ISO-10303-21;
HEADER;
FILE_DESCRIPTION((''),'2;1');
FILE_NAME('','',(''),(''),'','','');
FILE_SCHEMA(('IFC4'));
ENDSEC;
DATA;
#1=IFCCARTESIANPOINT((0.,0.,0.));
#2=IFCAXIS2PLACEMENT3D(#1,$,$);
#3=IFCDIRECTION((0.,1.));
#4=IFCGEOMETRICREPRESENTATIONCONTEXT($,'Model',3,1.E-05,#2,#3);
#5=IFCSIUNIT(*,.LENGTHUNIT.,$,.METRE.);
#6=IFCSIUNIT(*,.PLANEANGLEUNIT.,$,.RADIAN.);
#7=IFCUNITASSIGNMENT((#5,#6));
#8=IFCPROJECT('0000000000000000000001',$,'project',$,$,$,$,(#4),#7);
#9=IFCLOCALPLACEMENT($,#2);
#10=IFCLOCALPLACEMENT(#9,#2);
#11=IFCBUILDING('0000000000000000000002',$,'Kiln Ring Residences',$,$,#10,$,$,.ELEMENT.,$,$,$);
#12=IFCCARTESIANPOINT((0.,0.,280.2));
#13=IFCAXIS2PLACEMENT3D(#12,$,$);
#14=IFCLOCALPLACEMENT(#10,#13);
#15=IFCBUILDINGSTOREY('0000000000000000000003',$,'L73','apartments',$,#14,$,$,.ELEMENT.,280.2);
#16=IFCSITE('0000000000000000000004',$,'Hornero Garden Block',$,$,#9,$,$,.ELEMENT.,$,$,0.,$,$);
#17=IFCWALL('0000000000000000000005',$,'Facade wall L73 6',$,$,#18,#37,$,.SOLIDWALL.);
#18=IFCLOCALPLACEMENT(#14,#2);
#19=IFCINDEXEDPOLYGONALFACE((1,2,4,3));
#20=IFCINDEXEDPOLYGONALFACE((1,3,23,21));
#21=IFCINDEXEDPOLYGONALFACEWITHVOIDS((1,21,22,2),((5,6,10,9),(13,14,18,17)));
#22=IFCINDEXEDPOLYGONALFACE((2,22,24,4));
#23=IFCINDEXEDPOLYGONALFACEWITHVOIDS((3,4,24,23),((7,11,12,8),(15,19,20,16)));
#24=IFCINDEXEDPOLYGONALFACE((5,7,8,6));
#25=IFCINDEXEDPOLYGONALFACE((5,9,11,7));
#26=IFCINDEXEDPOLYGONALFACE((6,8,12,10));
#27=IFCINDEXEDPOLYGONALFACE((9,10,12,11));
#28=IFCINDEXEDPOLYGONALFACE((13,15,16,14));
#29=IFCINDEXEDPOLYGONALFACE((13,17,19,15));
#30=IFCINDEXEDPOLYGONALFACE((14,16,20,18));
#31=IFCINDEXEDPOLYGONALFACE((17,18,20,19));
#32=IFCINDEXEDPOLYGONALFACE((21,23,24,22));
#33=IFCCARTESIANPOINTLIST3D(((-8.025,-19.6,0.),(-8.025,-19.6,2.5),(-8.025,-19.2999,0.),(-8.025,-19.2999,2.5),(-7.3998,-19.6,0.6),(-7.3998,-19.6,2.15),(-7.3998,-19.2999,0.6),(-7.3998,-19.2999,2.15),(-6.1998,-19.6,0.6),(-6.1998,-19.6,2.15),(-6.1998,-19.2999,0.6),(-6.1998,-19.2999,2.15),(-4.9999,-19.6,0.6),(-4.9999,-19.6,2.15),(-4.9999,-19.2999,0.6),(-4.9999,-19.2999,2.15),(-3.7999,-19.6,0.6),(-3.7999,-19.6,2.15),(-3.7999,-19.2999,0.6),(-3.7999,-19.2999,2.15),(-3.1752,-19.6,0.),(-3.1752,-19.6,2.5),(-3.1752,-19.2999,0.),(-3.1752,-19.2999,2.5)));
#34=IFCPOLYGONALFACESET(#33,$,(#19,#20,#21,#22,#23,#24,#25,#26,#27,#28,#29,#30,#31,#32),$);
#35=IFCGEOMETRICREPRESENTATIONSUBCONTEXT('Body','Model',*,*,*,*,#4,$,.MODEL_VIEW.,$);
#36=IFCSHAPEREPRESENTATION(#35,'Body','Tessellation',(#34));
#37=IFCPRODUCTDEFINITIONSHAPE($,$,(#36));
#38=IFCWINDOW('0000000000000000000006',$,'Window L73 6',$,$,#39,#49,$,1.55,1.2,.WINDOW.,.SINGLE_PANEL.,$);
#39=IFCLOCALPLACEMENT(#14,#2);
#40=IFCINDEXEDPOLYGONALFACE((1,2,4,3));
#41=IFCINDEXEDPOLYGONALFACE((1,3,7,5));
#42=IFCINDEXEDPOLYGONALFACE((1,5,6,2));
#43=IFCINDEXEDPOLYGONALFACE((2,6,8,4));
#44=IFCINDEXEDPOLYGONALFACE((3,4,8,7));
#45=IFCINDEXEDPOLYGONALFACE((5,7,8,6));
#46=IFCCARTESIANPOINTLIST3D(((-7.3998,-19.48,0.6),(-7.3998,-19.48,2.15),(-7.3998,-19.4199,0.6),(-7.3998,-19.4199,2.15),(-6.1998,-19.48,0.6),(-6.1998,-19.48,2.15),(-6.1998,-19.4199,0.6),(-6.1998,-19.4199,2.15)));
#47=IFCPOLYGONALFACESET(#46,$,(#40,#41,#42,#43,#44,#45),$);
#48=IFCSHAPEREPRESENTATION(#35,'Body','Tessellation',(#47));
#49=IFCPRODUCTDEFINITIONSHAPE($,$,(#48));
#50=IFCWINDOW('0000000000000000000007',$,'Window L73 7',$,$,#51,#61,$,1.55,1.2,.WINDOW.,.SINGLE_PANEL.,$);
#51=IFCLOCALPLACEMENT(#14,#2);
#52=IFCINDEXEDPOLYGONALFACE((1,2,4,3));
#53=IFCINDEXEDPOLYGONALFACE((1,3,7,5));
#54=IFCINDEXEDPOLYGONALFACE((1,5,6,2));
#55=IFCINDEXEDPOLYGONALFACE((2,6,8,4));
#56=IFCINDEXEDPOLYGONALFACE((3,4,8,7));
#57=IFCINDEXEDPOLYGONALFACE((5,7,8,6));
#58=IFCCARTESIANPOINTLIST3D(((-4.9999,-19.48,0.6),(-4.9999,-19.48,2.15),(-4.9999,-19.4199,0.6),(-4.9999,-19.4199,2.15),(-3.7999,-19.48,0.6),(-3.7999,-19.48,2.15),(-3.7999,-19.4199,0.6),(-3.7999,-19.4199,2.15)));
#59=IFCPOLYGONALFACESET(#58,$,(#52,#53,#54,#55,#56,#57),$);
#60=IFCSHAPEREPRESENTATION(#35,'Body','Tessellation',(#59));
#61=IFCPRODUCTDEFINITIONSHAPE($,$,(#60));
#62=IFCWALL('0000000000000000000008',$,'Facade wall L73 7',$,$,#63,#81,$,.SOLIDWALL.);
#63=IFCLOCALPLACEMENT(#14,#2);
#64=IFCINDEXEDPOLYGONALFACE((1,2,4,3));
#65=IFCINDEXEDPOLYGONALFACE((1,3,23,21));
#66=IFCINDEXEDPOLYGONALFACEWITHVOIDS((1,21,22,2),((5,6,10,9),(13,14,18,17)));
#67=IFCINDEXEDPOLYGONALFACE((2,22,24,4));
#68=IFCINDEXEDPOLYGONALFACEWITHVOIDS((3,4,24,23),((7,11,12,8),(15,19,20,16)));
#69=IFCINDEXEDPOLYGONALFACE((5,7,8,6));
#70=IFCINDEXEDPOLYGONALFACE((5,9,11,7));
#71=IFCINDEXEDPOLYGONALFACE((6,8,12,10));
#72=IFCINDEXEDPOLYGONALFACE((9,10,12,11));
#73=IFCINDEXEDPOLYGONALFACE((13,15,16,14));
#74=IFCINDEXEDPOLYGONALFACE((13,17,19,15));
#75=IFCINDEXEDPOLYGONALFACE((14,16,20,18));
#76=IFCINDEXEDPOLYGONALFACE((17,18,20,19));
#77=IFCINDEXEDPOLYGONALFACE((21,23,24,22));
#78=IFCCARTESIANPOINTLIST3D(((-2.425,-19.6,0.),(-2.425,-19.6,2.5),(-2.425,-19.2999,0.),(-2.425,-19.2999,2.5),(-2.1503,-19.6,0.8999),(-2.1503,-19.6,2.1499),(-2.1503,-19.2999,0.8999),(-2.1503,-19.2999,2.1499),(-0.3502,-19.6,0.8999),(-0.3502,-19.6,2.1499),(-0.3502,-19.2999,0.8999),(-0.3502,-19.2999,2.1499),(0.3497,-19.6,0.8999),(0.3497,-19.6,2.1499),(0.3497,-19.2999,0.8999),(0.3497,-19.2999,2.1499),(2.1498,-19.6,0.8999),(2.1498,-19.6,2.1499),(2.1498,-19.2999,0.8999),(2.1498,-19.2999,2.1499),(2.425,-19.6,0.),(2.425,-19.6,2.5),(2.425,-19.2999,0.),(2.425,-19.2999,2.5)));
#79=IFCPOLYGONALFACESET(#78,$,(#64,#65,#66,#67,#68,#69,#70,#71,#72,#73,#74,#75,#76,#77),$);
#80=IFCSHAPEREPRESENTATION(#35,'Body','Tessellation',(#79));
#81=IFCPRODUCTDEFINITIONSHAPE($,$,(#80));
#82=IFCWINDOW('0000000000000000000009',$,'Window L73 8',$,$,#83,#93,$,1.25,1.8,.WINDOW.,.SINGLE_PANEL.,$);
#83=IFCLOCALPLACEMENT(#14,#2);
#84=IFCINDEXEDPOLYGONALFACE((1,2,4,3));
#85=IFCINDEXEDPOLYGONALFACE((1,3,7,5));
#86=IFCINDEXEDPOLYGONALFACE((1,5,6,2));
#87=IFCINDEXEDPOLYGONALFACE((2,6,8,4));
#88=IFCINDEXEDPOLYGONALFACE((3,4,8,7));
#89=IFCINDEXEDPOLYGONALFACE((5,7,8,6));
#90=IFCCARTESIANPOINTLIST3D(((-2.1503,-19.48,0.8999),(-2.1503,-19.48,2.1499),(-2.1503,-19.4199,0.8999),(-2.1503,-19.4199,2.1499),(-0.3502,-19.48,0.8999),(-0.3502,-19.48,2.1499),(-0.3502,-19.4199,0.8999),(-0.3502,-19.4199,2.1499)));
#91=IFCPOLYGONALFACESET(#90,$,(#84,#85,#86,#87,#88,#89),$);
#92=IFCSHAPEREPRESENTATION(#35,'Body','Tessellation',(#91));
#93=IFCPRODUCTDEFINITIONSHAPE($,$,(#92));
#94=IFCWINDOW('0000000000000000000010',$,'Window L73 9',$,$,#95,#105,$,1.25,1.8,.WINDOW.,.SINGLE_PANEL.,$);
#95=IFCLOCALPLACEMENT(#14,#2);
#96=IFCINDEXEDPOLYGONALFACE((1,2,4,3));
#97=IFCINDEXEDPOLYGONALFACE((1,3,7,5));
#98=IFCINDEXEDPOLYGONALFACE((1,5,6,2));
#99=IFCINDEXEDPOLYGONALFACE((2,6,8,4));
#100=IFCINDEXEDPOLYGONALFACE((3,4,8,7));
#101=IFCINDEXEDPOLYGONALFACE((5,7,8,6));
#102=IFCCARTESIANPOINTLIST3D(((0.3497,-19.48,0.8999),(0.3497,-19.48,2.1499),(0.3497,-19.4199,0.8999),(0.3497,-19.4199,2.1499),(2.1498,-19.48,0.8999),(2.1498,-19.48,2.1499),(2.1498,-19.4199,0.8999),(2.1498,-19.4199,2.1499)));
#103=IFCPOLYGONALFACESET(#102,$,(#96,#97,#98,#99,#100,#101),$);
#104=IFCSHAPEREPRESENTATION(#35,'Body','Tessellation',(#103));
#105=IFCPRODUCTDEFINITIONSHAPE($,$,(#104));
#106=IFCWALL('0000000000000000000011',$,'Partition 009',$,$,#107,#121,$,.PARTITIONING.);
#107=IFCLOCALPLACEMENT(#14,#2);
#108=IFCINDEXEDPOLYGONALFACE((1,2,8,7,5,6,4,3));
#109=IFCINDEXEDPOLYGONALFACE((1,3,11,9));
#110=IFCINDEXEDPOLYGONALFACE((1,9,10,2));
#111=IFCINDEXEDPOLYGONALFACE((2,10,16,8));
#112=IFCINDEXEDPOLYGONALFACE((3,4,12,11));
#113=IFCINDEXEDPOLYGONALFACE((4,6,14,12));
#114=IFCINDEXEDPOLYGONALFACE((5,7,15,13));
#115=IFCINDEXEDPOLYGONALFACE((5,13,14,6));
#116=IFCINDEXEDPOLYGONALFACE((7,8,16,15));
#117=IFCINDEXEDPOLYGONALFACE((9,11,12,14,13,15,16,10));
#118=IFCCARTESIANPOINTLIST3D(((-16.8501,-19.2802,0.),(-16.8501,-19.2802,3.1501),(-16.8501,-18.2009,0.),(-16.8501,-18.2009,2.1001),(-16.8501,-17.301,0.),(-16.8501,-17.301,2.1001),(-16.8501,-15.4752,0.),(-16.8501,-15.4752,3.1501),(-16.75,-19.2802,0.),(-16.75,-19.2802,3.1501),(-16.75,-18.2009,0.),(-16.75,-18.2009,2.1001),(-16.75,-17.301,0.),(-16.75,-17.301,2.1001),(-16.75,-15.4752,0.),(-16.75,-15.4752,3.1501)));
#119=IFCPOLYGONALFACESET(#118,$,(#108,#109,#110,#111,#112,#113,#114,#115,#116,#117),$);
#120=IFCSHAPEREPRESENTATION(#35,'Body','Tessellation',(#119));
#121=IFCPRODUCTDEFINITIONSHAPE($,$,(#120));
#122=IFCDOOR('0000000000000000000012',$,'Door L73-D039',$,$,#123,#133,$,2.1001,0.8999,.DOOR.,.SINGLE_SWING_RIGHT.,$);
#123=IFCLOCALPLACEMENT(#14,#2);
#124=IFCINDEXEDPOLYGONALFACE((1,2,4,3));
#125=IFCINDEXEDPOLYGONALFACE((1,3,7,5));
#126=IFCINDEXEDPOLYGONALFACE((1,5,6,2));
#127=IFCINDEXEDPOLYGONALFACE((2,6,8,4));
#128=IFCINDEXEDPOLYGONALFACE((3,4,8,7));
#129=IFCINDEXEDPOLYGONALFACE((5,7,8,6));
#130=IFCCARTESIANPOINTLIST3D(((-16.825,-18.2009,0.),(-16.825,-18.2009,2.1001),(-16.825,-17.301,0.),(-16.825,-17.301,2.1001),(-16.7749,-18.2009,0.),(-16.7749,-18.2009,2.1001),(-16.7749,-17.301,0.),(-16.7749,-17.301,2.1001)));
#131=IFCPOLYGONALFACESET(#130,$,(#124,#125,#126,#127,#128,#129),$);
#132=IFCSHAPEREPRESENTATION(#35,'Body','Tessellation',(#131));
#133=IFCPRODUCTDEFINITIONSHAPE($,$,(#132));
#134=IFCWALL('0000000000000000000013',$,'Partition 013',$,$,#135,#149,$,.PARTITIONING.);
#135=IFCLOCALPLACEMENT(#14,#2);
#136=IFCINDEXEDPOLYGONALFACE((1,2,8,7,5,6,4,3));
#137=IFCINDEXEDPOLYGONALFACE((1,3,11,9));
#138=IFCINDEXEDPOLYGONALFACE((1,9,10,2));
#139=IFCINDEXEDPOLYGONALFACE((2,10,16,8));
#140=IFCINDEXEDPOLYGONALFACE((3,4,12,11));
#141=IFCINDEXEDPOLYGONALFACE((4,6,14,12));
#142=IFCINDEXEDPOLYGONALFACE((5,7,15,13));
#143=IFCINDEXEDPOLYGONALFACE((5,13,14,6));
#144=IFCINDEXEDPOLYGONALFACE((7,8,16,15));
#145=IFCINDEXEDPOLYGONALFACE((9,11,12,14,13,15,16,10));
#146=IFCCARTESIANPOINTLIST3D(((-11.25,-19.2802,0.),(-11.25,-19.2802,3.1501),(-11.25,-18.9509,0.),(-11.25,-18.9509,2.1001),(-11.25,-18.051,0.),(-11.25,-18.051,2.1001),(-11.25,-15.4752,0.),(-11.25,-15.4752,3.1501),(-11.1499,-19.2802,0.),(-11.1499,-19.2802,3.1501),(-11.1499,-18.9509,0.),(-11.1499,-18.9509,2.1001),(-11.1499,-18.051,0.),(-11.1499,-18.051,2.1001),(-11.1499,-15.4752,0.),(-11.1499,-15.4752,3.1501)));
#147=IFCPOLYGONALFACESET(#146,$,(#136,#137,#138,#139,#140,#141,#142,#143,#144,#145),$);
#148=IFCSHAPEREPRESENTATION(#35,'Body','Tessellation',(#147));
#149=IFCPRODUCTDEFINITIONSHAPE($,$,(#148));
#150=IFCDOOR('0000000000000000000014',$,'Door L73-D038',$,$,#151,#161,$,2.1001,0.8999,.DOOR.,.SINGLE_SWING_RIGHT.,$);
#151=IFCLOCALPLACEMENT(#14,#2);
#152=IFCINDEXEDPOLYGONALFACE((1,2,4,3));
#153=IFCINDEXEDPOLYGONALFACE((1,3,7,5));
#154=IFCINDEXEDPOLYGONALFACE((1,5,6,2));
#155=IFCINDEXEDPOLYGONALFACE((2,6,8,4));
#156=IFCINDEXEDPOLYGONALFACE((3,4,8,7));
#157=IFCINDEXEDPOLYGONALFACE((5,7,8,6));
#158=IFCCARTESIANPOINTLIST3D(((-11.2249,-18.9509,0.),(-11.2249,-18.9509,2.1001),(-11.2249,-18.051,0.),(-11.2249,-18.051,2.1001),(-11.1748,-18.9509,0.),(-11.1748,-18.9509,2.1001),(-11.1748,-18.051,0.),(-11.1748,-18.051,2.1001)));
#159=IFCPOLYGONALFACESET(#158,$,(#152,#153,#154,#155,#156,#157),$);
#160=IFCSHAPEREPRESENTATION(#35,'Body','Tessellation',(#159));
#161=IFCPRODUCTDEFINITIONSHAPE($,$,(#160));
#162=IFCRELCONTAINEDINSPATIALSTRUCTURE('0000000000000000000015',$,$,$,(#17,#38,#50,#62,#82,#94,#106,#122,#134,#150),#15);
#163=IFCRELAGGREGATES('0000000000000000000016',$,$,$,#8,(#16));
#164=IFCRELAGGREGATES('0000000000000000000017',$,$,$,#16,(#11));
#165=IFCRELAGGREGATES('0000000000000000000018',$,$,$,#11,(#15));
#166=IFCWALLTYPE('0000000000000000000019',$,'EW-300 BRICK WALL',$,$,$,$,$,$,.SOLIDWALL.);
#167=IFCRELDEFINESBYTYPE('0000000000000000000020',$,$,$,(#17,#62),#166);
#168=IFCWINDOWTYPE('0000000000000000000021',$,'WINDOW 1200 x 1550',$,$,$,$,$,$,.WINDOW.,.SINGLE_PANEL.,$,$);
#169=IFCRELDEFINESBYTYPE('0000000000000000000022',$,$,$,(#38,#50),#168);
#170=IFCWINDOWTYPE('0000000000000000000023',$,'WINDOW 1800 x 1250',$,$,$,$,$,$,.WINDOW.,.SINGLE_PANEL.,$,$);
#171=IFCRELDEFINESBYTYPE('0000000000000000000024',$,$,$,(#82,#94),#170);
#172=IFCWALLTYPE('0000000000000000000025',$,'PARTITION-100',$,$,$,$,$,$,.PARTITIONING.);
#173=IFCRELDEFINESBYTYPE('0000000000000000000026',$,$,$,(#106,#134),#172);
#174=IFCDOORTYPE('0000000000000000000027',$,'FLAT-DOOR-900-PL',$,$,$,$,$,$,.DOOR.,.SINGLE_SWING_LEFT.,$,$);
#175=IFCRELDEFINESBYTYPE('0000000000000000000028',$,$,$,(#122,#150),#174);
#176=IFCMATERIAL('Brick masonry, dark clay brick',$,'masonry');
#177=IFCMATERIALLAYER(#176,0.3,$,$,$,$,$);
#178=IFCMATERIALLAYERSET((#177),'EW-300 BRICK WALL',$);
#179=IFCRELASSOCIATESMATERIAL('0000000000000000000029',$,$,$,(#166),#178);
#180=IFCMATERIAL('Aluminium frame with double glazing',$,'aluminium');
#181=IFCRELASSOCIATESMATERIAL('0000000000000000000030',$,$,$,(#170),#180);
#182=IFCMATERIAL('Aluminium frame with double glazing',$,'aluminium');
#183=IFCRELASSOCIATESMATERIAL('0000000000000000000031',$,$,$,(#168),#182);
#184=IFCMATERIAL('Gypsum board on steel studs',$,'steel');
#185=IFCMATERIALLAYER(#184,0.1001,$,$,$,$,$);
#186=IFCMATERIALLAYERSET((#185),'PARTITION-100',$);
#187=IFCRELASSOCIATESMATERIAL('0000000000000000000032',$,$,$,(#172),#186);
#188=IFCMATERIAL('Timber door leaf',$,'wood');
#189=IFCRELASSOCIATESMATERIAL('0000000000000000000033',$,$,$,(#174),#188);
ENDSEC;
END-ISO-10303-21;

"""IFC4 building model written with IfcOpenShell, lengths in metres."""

from ifc_helpers import new_model, si_unit, direction, frame, frame_2d, origin, place, context, subcontext, project, spatial, rectangle, extrude, material, layer, layer_set, type_object, element, fill, save


model = new_model("IFC4")

# Units and contexts
model_context = context("Model", 3, precision=1e-05, world=origin(), true_north=direction((0.0, 1.0)))
body_context = subcontext(model_context, "Body", "Model", "MODEL_VIEW")
ifc_project = project(units=[si_unit("LENGTHUNIT", "METRE"), si_unit("PLANEANGLEUNIT", "RADIAN")], contexts=[model_context])

# Site, building, storey
site_placement = place(None, origin())
site = spatial("IfcSite", under=ifc_project, at=site_placement, Name="Hornero Garden Block", CompositionType="ELEMENT", RefElevation=0.0)
building_placement = place(site_placement, origin())
building = spatial("IfcBuilding", under=site, at=building_placement, Name="Kiln Ring Residences", CompositionType="ELEMENT")
storey_placement = place(building_placement, frame((0.0, 0.0, 280.2)))
storey = spatial("IfcBuildingStorey", under=building, at=storey_placement, Name="L73", Description="apartments", CompositionType="ELEMENT", Elevation=280.2)

# Shared definitions
ifc_material_1 = material(Name="Brick masonry, dark clay brick", Category="masonry")
ifc_layer_1 = layer(ifc_material_1, 0.3)
ifc_layer_set_1 = layer_set([ifc_layer_1], Name="EW-300 BRICK WALL")
wall_type_1 = type_object("IfcWallType", Name="EW-300 BRICK WALL", PredefinedType="SOLIDWALL", material=ifc_layer_set_1)
ifc_material_2 = material(Name="Aluminium frame with double glazing", Category="aluminium")
window_type_1 = type_object("IfcWindowType", Name="WINDOW 1800 x 1250", PartitioningType="SINGLE_PANEL", PredefinedType="WINDOW", material=ifc_material_2)

# Walls, openings, windows
wall_1_placement = place(storey_placement, frame((-8.0249, -19.45, 0.0), z_axis=(0.0, 0.0, 1.0), x_axis=(1.0, 0.0, 0.0)))
wall_1 = element("IfcWall", 1, at=wall_1_placement, inside=storey, type_object=wall_type_1, Name="Facade wall L73 6", PredefinedType="SOLIDWALL", context=body_context, shape_type="SweptSolid", body=[
    extrude(rectangle(XDim=4.8499, YDim=0.3, at=frame_2d((2.4248, 0.0))), origin(), (0.0, 0.0, 1.0), 2.5),
])
opening_1_placement = place(wall_1_placement, frame((0.625, 0.0, 0.6001)))
opening_1 = element("IfcOpeningElement", 2, at=opening_1_placement, cuts=wall_1, PredefinedType="OPENING", context=body_context, shape_type="SweptSolid", body=[
    extrude(rectangle(XDim=1.2, YDim=1.55, at=frame_2d((0.6001, 0.7749))), frame((0.0, 0.1599, 0.0), z_axis=(0.0, -1.0, 0.0), x_axis=(1.0, 0.0, 0.0)), (0.0, 0.0, 1.0), 0.3201),
])
opening_2_placement = place(wall_1_placement, frame((3.0249, 0.0, 0.6001)))
opening_2 = element("IfcOpeningElement", 3, at=opening_2_placement, cuts=wall_1, PredefinedType="OPENING", context=body_context, shape_type="SweptSolid", body=[
    extrude(rectangle(XDim=1.2, YDim=1.55, at=frame_2d((0.6001, 0.7749))), frame((0.0, 0.1599, 0.0), z_axis=(0.0, -1.0, 0.0), x_axis=(1.0, 0.0, 0.0)), (0.0, 0.0, 1.0), 0.3201),
])
ifc_material_3 = material(Name="Aluminium frame with double glazing", Category="aluminium")
window_type_2 = type_object("IfcWindowType", Name="WINDOW 1200 x 1550", PartitioningType="SINGLE_PANEL", PredefinedType="WINDOW", material=ifc_material_3)
window_1_placement = place(opening_1_placement, origin())
window_1 = element("IfcWindow", 4, at=window_1_placement, inside=storey, type_object=window_type_2, Name="Window L73 6", OverallHeight=1.55, OverallWidth=1.2, PartitioningType="SINGLE_PANEL", PredefinedType="WINDOW", context=body_context, shape_type="SweptSolid", body=[
    extrude(rectangle(XDim=1.2, YDim=1.55, at=frame_2d((0.6001, 0.7749))), frame((0.0, 0.03, 0.0), z_axis=(0.0, -1.0, 0.0), x_axis=(1.0, 0.0, 0.0)), (0.0, 0.0, 1.0), 0.0601),
])
fill(opening_1, window_1)
window_2_placement = place(opening_2_placement, origin())
window_2 = element("IfcWindow", 5, at=window_2_placement, inside=storey, type_object=window_type_2, Name="Window L73 7", OverallHeight=1.55, OverallWidth=1.2, PartitioningType="SINGLE_PANEL", PredefinedType="WINDOW", context=body_context, shape_type="SweptSolid", body=[
    extrude(rectangle(XDim=1.2, YDim=1.55, at=frame_2d((0.6001, 0.7749))), frame((0.0, 0.03, 0.0), z_axis=(0.0, -1.0, 0.0), x_axis=(1.0, 0.0, 0.0)), (0.0, 0.0, 1.0), 0.0601),
])
fill(opening_2, window_2)
wall_2_placement = place(storey_placement, frame((-2.425, -19.45, 0.0), z_axis=(0.0, 0.0, 1.0), x_axis=(1.0, 0.0, 0.0)))
wall_2 = element("IfcWall", 6, at=wall_2_placement, inside=storey, type_object=wall_type_1, Name="Facade wall L73 7", PredefinedType="SOLIDWALL", context=body_context, shape_type="SweptSolid", body=[
    extrude(rectangle(XDim=4.8501, YDim=0.3, at=frame_2d((2.425, 0.0))), origin(), (0.0, 0.0, 1.0), 2.5),
])
opening_3_placement = place(wall_2_placement, frame((0.2749, 0.0, 0.8999)))
opening_3 = element("IfcOpeningElement", 7, at=opening_3_placement, cuts=wall_2, PredefinedType="OPENING", context=body_context, shape_type="SweptSolid", body=[
    extrude(rectangle(XDim=1.8, YDim=1.25, at=frame_2d((0.8999, 0.625))), frame((0.0, 0.1599, 0.0), z_axis=(0.0, -1.0, 0.0), x_axis=(1.0, 0.0, 0.0)), (0.0, 0.0, 1.0), 0.3201),
])
opening_4_placement = place(wall_2_placement, frame((2.7749, 0.0, 0.8999)))
opening_4 = element("IfcOpeningElement", 8, at=opening_4_placement, cuts=wall_2, PredefinedType="OPENING", context=body_context, shape_type="SweptSolid", body=[
    extrude(rectangle(XDim=1.8, YDim=1.25, at=frame_2d((0.8999, 0.625))), frame((0.0, 0.1599, 0.0), z_axis=(0.0, -1.0, 0.0), x_axis=(1.0, 0.0, 0.0)), (0.0, 0.0, 1.0), 0.3201),
])
window_3_placement = place(opening_3_placement, origin())
window_3 = element("IfcWindow", 9, at=window_3_placement, inside=storey, type_object=window_type_1, Name="Window L73 8", OverallHeight=1.25, OverallWidth=1.8, PartitioningType="SINGLE_PANEL", PredefinedType="WINDOW", context=body_context, shape_type="SweptSolid", body=[
    extrude(rectangle(XDim=1.8, YDim=1.25, at=frame_2d((0.8999, 0.625))), frame((0.0, 0.03, 0.0), z_axis=(0.0, -1.0, 0.0), x_axis=(1.0, 0.0, 0.0)), (0.0, 0.0, 1.0), 0.0601),
])
fill(opening_3, window_3)
window_4_placement = place(opening_4_placement, origin())
window_4 = element("IfcWindow", 10, at=window_4_placement, inside=storey, type_object=window_type_1, Name="Window L73 9", OverallHeight=1.25, OverallWidth=1.8, PartitioningType="SINGLE_PANEL", PredefinedType="WINDOW", context=body_context, shape_type="SweptSolid", body=[
    extrude(rectangle(XDim=1.8, YDim=1.25, at=frame_2d((0.8999, 0.625))), frame((0.0, 0.03, 0.0), z_axis=(0.0, -1.0, 0.0), x_axis=(1.0, 0.0, 0.0)), (0.0, 0.0, 1.0), 0.0601),
])
fill(opening_4, window_4)

# Walls, openings, doors
ifc_material_4 = material(Name="Gypsum board on steel studs", Category="steel")
ifc_layer_2 = layer(ifc_material_4, 0.1001)
ifc_layer_set_2 = layer_set([ifc_layer_2], Name="PARTITION-100")
wall_type_2 = type_object("IfcWallType", Name="PARTITION-100", PredefinedType="PARTITIONING", material=ifc_layer_set_2)
wall_3_placement = place(storey_placement, frame((-16.8, -19.28, 0.0), z_axis=(0.0, 0.0, 1.0), x_axis=(0.0, 1.0, 0.0)))
wall_3 = element("IfcWall", 11, at=wall_3_placement, inside=storey, type_object=wall_type_2, Name="Partition 009", PredefinedType="PARTITIONING", context=body_context, shape_type="SweptSolid", body=[
    extrude(rectangle(XDim=3.8049, YDim=0.1001, at=frame_2d((1.9023, 0.0))), origin(), (0.0, 0.0, 1.0), 3.1501),
])
opening_5_placement = place(wall_3_placement, frame((1.0791, 0.0, 0.0)))
opening_5 = element("IfcOpeningElement", 12, at=opening_5_placement, cuts=wall_3, PredefinedType="OPENING", context=body_context, shape_type="SweptSolid", body=[
    extrude(rectangle(XDim=0.8999, YDim=2.1001, at=frame_2d((0.45, 1.05))), frame((0.0, 0.0601, 0.0), z_axis=(0.0, -1.0, 0.0), x_axis=(1.0, 0.0, 0.0)), (0.0, 0.0, 1.0), 0.1201),
])
ifc_material_5 = material(Name="Timber door leaf", Category="wood")
door_type_1 = type_object("IfcDoorType", Name="FLAT-DOOR-900-PL", OperationType="SINGLE_SWING_LEFT", PredefinedType="DOOR", material=ifc_material_5)
door_1_placement = place(opening_5_placement, origin())
door_1 = element("IfcDoor", 13, at=door_1_placement, inside=storey, type_object=door_type_1, Name="Door L73-D039", OperationType="SINGLE_SWING_RIGHT", OverallHeight=2.1001, OverallWidth=0.8999, PredefinedType="DOOR", context=body_context, shape_type="SweptSolid", body=[
    extrude(rectangle(XDim=0.8999, YDim=2.1001, at=frame_2d((0.45, 1.05))), frame((0.0, 0.0249, 0.0), z_axis=(0.0, -1.0, 0.0), x_axis=(1.0, 0.0, 0.0)), (0.0, 0.0, 1.0), 0.05),
])
fill(opening_5, door_1)
wall_4_placement = place(storey_placement, frame((-11.2, -19.28, 0.0), z_axis=(0.0, 0.0, 1.0), x_axis=(0.0, 1.0, 0.0)))
wall_4 = element("IfcWall", 14, at=wall_4_placement, inside=storey, type_object=wall_type_2, Name="Partition 013", PredefinedType="PARTITIONING", context=body_context, shape_type="SweptSolid", body=[
    extrude(rectangle(XDim=3.8049, YDim=0.1001, at=frame_2d((1.9023, 0.0))), origin(), (0.0, 0.0, 1.0), 3.1501),
])
opening_6_placement = place(wall_4_placement, frame((0.3291, 0.0, 0.0)))
opening_6 = element("IfcOpeningElement", 15, at=opening_6_placement, cuts=wall_4, PredefinedType="OPENING", context=body_context, shape_type="SweptSolid", body=[
    extrude(rectangle(XDim=0.8999, YDim=2.1001, at=frame_2d((0.45, 1.05))), frame((0.0, 0.0601, 0.0), z_axis=(0.0, -1.0, 0.0), x_axis=(1.0, 0.0, 0.0)), (0.0, 0.0, 1.0), 0.1201),
])
door_2_placement = place(opening_6_placement, origin())
door_2 = element("IfcDoor", 16, at=door_2_placement, inside=storey, type_object=door_type_1, Name="Door L73-D038", OperationType="SINGLE_SWING_RIGHT", OverallHeight=2.1001, OverallWidth=0.8999, PredefinedType="DOOR", context=body_context, shape_type="SweptSolid", body=[
    extrude(rectangle(XDim=0.8999, YDim=2.1001, at=frame_2d((0.45, 1.05))), frame((0.0, 0.0249, 0.0), z_axis=(0.0, -1.0, 0.0), x_axis=(1.0, 0.0, 0.0)), (0.0, 0.0, 1.0), 0.05),
])
fill(opening_6, door_2)

save(model, "model.ifc")
